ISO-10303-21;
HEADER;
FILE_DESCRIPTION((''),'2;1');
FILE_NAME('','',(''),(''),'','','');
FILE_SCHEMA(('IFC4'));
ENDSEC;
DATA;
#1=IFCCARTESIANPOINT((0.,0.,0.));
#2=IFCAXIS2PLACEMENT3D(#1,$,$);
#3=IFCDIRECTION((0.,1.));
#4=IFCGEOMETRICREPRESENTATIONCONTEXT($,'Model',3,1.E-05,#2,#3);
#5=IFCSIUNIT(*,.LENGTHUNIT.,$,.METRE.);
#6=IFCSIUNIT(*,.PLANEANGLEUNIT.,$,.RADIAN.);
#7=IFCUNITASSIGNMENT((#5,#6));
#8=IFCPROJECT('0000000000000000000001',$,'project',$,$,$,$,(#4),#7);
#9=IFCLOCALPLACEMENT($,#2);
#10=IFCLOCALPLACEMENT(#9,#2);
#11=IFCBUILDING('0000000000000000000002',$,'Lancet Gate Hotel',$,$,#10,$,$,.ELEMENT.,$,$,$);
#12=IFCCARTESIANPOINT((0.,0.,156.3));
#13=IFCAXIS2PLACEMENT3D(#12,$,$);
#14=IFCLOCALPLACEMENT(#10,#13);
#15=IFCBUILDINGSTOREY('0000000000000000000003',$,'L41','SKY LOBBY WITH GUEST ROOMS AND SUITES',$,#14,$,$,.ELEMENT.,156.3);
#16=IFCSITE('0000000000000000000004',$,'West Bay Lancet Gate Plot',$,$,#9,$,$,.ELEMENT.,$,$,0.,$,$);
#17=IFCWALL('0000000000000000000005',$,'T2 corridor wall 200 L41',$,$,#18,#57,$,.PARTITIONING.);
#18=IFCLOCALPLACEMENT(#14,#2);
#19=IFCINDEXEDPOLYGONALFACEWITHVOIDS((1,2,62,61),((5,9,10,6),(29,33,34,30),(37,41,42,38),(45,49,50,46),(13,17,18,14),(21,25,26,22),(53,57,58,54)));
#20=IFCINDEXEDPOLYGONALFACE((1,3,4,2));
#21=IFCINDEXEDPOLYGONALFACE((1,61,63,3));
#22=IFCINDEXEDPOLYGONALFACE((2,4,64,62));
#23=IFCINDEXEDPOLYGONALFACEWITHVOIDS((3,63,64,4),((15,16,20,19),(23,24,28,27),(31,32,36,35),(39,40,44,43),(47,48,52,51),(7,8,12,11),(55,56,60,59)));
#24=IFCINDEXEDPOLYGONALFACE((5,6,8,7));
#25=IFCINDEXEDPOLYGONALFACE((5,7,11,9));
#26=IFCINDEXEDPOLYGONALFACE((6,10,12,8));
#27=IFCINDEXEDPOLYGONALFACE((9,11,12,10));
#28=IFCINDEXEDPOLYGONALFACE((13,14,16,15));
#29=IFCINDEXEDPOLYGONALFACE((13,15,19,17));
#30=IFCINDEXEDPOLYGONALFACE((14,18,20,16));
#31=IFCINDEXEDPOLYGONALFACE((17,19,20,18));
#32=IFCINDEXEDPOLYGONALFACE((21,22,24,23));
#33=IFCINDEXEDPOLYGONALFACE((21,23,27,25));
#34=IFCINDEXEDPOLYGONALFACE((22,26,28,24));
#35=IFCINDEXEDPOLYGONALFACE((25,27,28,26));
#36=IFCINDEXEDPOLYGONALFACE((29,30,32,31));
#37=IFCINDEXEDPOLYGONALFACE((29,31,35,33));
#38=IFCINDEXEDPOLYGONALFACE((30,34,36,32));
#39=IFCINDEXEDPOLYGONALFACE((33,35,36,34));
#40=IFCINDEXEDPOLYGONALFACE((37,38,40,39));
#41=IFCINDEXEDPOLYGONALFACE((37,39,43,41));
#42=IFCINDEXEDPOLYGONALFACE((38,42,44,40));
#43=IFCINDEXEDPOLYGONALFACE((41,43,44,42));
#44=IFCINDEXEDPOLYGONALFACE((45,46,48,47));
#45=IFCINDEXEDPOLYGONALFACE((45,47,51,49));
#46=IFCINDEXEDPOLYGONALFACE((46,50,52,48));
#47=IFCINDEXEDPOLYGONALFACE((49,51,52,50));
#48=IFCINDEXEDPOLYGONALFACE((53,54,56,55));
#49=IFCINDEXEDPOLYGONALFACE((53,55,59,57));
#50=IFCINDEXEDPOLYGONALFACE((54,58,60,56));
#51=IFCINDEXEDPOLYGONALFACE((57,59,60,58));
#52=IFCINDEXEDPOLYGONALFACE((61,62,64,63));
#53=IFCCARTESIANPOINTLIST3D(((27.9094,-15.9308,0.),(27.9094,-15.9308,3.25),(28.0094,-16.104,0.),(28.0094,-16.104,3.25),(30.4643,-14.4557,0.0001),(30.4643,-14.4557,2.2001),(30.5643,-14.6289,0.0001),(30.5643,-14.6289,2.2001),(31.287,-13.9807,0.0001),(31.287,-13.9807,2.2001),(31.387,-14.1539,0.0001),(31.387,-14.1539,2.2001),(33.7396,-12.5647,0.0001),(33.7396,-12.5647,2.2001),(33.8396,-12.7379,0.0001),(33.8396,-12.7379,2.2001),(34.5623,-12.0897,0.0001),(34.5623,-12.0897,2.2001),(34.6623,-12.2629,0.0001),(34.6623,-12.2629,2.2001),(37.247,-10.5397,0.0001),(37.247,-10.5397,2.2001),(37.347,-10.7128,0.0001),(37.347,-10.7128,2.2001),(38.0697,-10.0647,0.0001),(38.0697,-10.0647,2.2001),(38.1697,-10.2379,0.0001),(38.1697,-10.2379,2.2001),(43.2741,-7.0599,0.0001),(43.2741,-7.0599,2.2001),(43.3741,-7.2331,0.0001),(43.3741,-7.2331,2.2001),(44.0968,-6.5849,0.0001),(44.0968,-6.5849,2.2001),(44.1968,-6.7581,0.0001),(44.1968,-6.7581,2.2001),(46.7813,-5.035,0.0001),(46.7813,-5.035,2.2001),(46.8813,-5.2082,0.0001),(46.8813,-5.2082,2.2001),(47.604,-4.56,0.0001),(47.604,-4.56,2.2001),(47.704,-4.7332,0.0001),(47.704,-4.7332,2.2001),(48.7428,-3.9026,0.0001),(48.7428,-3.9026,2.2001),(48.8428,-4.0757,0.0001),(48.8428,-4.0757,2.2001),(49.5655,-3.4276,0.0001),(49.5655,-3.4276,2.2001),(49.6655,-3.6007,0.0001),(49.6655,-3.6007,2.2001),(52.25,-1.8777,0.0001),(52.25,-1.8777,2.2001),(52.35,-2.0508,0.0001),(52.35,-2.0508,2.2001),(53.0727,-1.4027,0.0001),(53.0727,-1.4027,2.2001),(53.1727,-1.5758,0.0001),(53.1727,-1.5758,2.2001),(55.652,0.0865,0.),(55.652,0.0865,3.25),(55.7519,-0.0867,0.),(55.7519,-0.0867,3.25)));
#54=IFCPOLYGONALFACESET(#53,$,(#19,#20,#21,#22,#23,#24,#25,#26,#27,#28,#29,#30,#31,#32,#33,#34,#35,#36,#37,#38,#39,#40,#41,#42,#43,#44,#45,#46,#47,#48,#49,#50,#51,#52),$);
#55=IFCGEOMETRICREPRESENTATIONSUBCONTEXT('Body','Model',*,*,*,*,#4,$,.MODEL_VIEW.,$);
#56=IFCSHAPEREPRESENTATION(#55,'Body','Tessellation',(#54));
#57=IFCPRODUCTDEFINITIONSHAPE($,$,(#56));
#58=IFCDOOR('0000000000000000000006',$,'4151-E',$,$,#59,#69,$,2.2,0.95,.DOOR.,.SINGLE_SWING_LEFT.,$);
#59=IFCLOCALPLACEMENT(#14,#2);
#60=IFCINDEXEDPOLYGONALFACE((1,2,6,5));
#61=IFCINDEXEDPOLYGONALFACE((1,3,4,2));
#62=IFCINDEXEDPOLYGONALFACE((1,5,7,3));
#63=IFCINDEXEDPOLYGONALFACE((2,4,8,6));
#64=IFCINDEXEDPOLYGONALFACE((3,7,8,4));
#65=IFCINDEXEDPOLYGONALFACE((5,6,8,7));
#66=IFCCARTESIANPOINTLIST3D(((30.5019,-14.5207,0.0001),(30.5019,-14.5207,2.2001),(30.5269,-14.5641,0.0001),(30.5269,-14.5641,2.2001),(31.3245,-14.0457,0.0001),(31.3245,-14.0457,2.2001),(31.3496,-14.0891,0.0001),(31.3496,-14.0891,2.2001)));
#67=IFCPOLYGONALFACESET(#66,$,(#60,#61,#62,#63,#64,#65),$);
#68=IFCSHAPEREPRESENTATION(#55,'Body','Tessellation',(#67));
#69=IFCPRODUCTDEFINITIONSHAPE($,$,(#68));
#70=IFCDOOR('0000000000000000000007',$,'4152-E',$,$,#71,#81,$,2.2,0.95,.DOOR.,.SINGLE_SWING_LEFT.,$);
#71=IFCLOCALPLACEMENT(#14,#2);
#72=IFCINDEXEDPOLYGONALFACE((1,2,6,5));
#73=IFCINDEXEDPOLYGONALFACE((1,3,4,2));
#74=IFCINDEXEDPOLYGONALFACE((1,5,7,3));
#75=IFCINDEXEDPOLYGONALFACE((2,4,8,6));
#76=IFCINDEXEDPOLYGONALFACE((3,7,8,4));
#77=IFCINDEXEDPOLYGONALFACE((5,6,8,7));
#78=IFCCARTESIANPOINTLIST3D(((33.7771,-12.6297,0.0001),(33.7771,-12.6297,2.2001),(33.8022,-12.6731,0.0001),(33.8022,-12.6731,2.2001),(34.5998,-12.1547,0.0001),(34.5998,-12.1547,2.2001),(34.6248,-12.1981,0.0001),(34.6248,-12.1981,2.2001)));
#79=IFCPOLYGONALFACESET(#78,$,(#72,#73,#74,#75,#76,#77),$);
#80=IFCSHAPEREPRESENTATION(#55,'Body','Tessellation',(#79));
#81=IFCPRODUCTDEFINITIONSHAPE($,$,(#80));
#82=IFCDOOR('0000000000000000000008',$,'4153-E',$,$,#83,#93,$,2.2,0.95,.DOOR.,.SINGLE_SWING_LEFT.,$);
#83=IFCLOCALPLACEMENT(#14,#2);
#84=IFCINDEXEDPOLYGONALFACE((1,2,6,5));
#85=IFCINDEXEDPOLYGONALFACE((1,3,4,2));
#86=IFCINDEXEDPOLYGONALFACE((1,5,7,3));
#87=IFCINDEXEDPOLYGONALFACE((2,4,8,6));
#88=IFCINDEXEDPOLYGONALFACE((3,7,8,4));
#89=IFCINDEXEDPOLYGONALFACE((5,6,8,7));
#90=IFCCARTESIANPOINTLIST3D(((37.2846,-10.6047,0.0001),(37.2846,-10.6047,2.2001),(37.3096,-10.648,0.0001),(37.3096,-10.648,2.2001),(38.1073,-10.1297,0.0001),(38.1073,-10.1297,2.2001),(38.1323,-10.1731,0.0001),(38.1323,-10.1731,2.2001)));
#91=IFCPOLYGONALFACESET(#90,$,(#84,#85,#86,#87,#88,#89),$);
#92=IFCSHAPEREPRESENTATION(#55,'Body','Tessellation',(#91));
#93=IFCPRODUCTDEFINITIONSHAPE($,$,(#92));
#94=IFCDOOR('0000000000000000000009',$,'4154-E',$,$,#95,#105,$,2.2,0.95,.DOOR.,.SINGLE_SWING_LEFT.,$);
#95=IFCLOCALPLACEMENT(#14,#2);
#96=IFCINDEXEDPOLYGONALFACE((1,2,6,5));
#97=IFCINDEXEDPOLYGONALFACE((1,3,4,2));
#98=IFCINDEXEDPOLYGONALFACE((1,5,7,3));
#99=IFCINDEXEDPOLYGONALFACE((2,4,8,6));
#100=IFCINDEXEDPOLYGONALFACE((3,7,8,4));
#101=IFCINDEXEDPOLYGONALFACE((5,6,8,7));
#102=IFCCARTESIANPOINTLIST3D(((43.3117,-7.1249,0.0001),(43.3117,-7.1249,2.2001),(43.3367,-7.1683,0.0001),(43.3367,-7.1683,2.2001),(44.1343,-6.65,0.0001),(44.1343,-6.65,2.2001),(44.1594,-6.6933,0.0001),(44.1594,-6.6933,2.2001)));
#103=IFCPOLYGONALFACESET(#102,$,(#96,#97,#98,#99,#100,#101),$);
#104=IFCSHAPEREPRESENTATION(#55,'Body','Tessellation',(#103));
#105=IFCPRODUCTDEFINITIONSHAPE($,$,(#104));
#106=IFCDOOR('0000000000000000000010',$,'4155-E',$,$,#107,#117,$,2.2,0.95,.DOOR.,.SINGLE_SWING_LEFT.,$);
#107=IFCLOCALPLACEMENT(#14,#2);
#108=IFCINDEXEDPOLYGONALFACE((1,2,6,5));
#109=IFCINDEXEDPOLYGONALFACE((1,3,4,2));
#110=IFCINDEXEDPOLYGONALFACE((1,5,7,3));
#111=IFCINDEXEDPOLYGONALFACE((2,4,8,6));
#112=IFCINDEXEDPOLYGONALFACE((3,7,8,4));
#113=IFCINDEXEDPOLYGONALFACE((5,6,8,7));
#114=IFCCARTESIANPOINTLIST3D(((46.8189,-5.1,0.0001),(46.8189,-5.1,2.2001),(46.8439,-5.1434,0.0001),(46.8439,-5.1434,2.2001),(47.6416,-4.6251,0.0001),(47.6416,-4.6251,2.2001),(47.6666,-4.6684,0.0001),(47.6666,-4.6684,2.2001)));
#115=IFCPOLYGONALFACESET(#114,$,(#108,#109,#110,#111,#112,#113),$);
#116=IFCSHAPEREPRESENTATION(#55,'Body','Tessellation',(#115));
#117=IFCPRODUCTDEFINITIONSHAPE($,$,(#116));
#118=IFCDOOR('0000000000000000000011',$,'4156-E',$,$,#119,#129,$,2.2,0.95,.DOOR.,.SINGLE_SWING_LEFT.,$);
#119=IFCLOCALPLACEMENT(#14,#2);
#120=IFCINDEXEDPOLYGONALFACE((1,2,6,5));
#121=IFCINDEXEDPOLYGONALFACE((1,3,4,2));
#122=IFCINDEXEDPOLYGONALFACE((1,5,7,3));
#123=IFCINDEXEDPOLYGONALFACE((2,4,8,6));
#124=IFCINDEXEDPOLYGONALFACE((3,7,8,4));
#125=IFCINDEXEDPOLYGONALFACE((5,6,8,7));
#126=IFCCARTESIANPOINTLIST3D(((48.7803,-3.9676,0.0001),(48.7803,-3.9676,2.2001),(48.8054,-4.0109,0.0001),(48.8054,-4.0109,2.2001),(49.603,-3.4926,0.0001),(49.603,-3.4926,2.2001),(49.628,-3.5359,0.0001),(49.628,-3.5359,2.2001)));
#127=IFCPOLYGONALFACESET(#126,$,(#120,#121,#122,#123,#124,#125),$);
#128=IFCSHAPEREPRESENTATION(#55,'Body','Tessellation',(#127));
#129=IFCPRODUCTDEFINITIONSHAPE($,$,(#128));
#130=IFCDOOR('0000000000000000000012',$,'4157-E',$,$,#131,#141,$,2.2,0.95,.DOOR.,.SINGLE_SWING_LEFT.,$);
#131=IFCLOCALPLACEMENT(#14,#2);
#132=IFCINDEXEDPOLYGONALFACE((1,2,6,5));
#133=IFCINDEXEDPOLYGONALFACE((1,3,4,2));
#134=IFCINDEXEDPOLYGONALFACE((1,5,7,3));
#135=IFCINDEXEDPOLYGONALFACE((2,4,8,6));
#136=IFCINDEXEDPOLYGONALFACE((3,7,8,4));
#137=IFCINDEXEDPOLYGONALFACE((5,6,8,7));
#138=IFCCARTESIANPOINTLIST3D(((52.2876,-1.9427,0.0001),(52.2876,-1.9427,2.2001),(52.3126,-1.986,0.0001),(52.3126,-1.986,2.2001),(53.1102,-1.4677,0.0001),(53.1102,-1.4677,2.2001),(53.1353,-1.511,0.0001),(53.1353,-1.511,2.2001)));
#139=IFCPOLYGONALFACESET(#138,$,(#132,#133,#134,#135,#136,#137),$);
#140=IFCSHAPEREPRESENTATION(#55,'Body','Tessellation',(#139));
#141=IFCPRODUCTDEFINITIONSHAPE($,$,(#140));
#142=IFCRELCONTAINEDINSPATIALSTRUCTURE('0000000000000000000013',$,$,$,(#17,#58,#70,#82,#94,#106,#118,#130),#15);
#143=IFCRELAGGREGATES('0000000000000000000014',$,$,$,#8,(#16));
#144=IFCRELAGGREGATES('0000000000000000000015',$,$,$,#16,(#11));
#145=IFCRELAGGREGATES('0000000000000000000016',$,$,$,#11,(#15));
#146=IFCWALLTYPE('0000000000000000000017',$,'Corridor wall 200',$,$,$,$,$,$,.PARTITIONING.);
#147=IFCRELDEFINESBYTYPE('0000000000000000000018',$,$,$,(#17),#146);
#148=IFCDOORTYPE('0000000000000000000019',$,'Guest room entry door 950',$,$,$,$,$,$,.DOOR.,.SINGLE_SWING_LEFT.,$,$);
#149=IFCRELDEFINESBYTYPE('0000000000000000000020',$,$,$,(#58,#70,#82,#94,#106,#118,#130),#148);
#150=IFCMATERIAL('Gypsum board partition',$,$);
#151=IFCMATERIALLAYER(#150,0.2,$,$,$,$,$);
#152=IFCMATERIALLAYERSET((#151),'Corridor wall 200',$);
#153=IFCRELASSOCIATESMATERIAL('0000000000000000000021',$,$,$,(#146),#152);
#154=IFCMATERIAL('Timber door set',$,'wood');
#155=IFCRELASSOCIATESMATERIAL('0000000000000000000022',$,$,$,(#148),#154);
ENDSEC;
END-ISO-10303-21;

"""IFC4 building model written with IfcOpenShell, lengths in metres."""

from ifc_helpers import new_model, si_unit, direction, frame, frame_2d, origin, place, context, subcontext, project, spatial, rectangle, extrude, material, layer, layer_set, type_object, element, fill, save


model = new_model("IFC4")

# Units and contexts
model_context = context("Model", 3, precision=1e-05, world=origin(), true_north=direction((0.0, 1.0)))
body_context = subcontext(model_context, "Body", "Model", "MODEL_VIEW")
ifc_project = project(units=[si_unit("LENGTHUNIT", "METRE"), si_unit("PLANEANGLEUNIT", "RADIAN")], contexts=[model_context])

# Site, building, storey
site_placement = place(None, origin())
site = spatial("IfcSite", under=ifc_project, at=site_placement, Name="West Bay Lancet Gate Plot", CompositionType="ELEMENT", RefElevation=0.0)
building_placement = place(site_placement, origin())
building = spatial("IfcBuilding", under=site, at=building_placement, Name="Lancet Gate Hotel", CompositionType="ELEMENT")
storey_placement = place(building_placement, frame((0.0, 0.0, 156.3)))
storey = spatial("IfcBuildingStorey", under=building, at=storey_placement, Name="L41", Description="SKY LOBBY WITH GUEST ROOMS AND SUITES", CompositionType="ELEMENT", Elevation=156.3)

# Wall, openings, doors
ifc_material_1 = material(Name="Gypsum board partition")
ifc_layer_1 = layer(ifc_material_1, 0.2)
ifc_layer_set_1 = layer_set([ifc_layer_1], Name="Corridor wall 200")
wall_type_1 = type_object("IfcWallType", Name="Corridor wall 200", PredefinedType="PARTITIONING", material=ifc_layer_set_1)
wall_1_placement = place(storey_placement, frame((27.9595, -16.0173, 0.0), z_axis=(0.0, 0.0, 1.0), x_axis=(0.866024, 0.500002, 0.0)))
wall_1 = element("IfcWall", 1, at=wall_1_placement, inside=storey, type_object=wall_type_1, Name="T2 corridor wall 200 L41", PredefinedType="PARTITIONING", context=body_context, shape_type="SweptSolid", body=[
    extrude(rectangle(XDim=32.0344, YDim=0.2, at=frame_2d((16.0171, 0.0))), origin(), (0.0, 0.0, 1.0), 3.25),
])
opening_1_placement = place(wall_1_placement, frame((2.95, 0.0, 0.0)))
opening_1 = element("IfcOpeningElement", 2, at=opening_1_placement, cuts=wall_1, PredefinedType="OPENING", context=body_context, shape_type="SweptSolid", body=[
    extrude(rectangle(XDim=0.95, YDim=2.2, at=frame_2d((0.4751, 1.1001))), frame((0.0, 0.1099, 0.0), z_axis=(0.0, -1.0, 0.0), x_axis=(1.0, 0.0, 0.0)), (0.0, 0.0, 1.0), 0.22),
])
opening_2_placement = place(wall_1_placement, frame((6.7319, 0.0, 0.0)))
opening_2 = element("IfcOpeningElement", 3, at=opening_2_placement, cuts=wall_1, PredefinedType="OPENING", context=body_context, shape_type="SweptSolid", body=[
    extrude(rectangle(XDim=0.95, YDim=2.2, at=frame_2d((0.4751, 1.1001))), frame((0.0, 0.1099, 0.0), z_axis=(0.0, -1.0, 0.0), x_axis=(1.0, 0.0, 0.0)), (0.0, 0.0, 1.0), 0.22),
])
opening_3_placement = place(wall_1_placement, frame((10.782, 0.0, 0.0)))
opening_3 = element("IfcOpeningElement", 4, at=opening_3_placement, cuts=wall_1, PredefinedType="OPENING", context=body_context, shape_type="SweptSolid", body=[
    extrude(rectangle(XDim=0.95, YDim=2.2, at=frame_2d((0.4751, 1.1001))), frame((0.0, 0.1099, 0.0), z_axis=(0.0, -1.0, 0.0), x_axis=(1.0, 0.0, 0.0)), (0.0, 0.0, 1.0), 0.22),
])
opening_4_placement = place(wall_1_placement, frame((17.7415, 0.0, 0.0)))
opening_4 = element("IfcOpeningElement", 5, at=opening_4_placement, cuts=wall_1, PredefinedType="OPENING", context=body_context, shape_type="SweptSolid", body=[
    extrude(rectangle(XDim=0.95, YDim=2.2, at=frame_2d((0.4751, 1.1001))), frame((0.0, 0.1099, 0.0), z_axis=(0.0, -1.0, 0.0), x_axis=(1.0, 0.0, 0.0)), (0.0, 0.0, 1.0), 0.22),
])
opening_5_placement = place(wall_1_placement, frame((21.7913, 0.0, 0.0)))
opening_5 = element("IfcOpeningElement", 6, at=opening_5_placement, cuts=wall_1, PredefinedType="OPENING", context=body_context, shape_type="SweptSolid", body=[
    extrude(rectangle(XDim=0.95, YDim=2.2, at=frame_2d((0.4751, 1.1001))), frame((0.0, 0.1099, 0.0), z_axis=(0.0, -1.0, 0.0), x_axis=(1.0, 0.0, 0.0)), (0.0, 0.0, 1.0), 0.22),
])
opening_6_placement = place(wall_1_placement, frame((24.0562, 0.0, 0.0)))
opening_6 = element("IfcOpeningElement", 7, at=opening_6_placement, cuts=wall_1, PredefinedType="OPENING", context=body_context, shape_type="SweptSolid", body=[
    extrude(rectangle(XDim=0.95, YDim=2.2, at=frame_2d((0.4751, 1.1001))), frame((0.0, 0.1099, 0.0), z_axis=(0.0, -1.0, 0.0), x_axis=(1.0, 0.0, 0.0)), (0.0, 0.0, 1.0), 0.22),
])
opening_7_placement = place(wall_1_placement, frame((28.106, 0.0, 0.0)))
opening_7 = element("IfcOpeningElement", 8, at=opening_7_placement, cuts=wall_1, PredefinedType="OPENING", context=body_context, shape_type="SweptSolid", body=[
    extrude(rectangle(XDim=0.95, YDim=2.2, at=frame_2d((0.4751, 1.1001))), frame((0.0, 0.1099, 0.0), z_axis=(0.0, -1.0, 0.0), x_axis=(1.0, 0.0, 0.0)), (0.0, 0.0, 1.0), 0.22),
])
ifc_material_2 = material(Name="Timber door set", Category="wood")
door_type_1 = type_object("IfcDoorType", Name="Guest room entry door 950", OperationType="SINGLE_SWING_LEFT", PredefinedType="DOOR", material=ifc_material_2)
door_1_placement = place(opening_1_placement, origin())
door_1 = element("IfcDoor", 9, at=door_1_placement, inside=storey, type_object=door_type_1, Name="4151-E", OperationType="SINGLE_SWING_LEFT", OverallHeight=2.2, OverallWidth=0.95, PredefinedType="DOOR", context=body_context, shape_type="SweptSolid", body=[
    extrude(rectangle(XDim=0.95, YDim=2.2, at=frame_2d((0.4751, 1.1001))), frame((0.0, 0.0249, 0.0), z_axis=(0.0, -1.0, 0.0), x_axis=(1.0, 0.0, 0.0)), (0.0, 0.0, 1.0), 0.05),
])
fill(opening_1, door_1)
door_2_placement = place(opening_2_placement, origin())
door_2 = element("IfcDoor", 10, at=door_2_placement, inside=storey, type_object=door_type_1, Name="4152-E", OperationType="SINGLE_SWING_LEFT", OverallHeight=2.2, OverallWidth=0.95, PredefinedType="DOOR", context=body_context, shape_type="SweptSolid", body=[
    extrude(rectangle(XDim=0.95, YDim=2.2, at=frame_2d((0.4751, 1.1001))), frame((0.0, 0.0249, 0.0), z_axis=(0.0, -1.0, 0.0), x_axis=(1.0, 0.0, 0.0)), (0.0, 0.0, 1.0), 0.05),
])
fill(opening_2, door_2)
door_3_placement = place(opening_3_placement, origin())
door_3 = element("IfcDoor", 11, at=door_3_placement, inside=storey, type_object=door_type_1, Name="4153-E", OperationType="SINGLE_SWING_LEFT", OverallHeight=2.2, OverallWidth=0.95, PredefinedType="DOOR", context=body_context, shape_type="SweptSolid", body=[
    extrude(rectangle(XDim=0.95, YDim=2.2, at=frame_2d((0.4751, 1.1001))), frame((0.0, 0.0249, 0.0), z_axis=(0.0, -1.0, 0.0), x_axis=(1.0, 0.0, 0.0)), (0.0, 0.0, 1.0), 0.05),
])
fill(opening_3, door_3)
door_4_placement = place(opening_4_placement, origin())
door_4 = element("IfcDoor", 12, at=door_4_placement, inside=storey, type_object=door_type_1, Name="4154-E", OperationType="SINGLE_SWING_LEFT", OverallHeight=2.2, OverallWidth=0.95, PredefinedType="DOOR", context=body_context, shape_type="SweptSolid", body=[
    extrude(rectangle(XDim=0.95, YDim=2.2, at=frame_2d((0.4751, 1.1001))), frame((0.0, 0.0249, 0.0), z_axis=(0.0, -1.0, 0.0), x_axis=(1.0, 0.0, 0.0)), (0.0, 0.0, 1.0), 0.05),
])
fill(opening_4, door_4)
door_5_placement = place(opening_5_placement, origin())
door_5 = element("IfcDoor", 13, at=door_5_placement, inside=storey, type_object=door_type_1, Name="4155-E", OperationType="SINGLE_SWING_LEFT", OverallHeight=2.2, OverallWidth=0.95, PredefinedType="DOOR", context=body_context, shape_type="SweptSolid", body=[
    extrude(rectangle(XDim=0.95, YDim=2.2, at=frame_2d((0.4751, 1.1001))), frame((0.0, 0.0249, 0.0), z_axis=(0.0, -1.0, 0.0), x_axis=(1.0, 0.0, 0.0)), (0.0, 0.0, 1.0), 0.05),
])
fill(opening_5, door_5)
door_6_placement = place(opening_6_placement, origin())
door_6 = element("IfcDoor", 14, at=door_6_placement, inside=storey, type_object=door_type_1, Name="4156-E", OperationType="SINGLE_SWING_LEFT", OverallHeight=2.2, OverallWidth=0.95, PredefinedType="DOOR", context=body_context, shape_type="SweptSolid", body=[
    extrude(rectangle(XDim=0.95, YDim=2.2, at=frame_2d((0.4751, 1.1001))), frame((0.0, 0.0249, 0.0), z_axis=(0.0, -1.0, 0.0), x_axis=(1.0, 0.0, 0.0)), (0.0, 0.0, 1.0), 0.05),
])
fill(opening_6, door_6)
door_7_placement = place(opening_7_placement, origin())
door_7 = element("IfcDoor", 15, at=door_7_placement, inside=storey, type_object=door_type_1, Name="4157-E", OperationType="SINGLE_SWING_LEFT", OverallHeight=2.2, OverallWidth=0.95, PredefinedType="DOOR", context=body_context, shape_type="SweptSolid", body=[
    extrude(rectangle(XDim=0.95, YDim=2.2, at=frame_2d((0.4751, 1.1001))), frame((0.0, 0.0249, 0.0), z_axis=(0.0, -1.0, 0.0), x_axis=(1.0, 0.0, 0.0)), (0.0, 0.0, 1.0), 0.05),
])
fill(opening_7, door_7)

save(model, "model.ifc")
